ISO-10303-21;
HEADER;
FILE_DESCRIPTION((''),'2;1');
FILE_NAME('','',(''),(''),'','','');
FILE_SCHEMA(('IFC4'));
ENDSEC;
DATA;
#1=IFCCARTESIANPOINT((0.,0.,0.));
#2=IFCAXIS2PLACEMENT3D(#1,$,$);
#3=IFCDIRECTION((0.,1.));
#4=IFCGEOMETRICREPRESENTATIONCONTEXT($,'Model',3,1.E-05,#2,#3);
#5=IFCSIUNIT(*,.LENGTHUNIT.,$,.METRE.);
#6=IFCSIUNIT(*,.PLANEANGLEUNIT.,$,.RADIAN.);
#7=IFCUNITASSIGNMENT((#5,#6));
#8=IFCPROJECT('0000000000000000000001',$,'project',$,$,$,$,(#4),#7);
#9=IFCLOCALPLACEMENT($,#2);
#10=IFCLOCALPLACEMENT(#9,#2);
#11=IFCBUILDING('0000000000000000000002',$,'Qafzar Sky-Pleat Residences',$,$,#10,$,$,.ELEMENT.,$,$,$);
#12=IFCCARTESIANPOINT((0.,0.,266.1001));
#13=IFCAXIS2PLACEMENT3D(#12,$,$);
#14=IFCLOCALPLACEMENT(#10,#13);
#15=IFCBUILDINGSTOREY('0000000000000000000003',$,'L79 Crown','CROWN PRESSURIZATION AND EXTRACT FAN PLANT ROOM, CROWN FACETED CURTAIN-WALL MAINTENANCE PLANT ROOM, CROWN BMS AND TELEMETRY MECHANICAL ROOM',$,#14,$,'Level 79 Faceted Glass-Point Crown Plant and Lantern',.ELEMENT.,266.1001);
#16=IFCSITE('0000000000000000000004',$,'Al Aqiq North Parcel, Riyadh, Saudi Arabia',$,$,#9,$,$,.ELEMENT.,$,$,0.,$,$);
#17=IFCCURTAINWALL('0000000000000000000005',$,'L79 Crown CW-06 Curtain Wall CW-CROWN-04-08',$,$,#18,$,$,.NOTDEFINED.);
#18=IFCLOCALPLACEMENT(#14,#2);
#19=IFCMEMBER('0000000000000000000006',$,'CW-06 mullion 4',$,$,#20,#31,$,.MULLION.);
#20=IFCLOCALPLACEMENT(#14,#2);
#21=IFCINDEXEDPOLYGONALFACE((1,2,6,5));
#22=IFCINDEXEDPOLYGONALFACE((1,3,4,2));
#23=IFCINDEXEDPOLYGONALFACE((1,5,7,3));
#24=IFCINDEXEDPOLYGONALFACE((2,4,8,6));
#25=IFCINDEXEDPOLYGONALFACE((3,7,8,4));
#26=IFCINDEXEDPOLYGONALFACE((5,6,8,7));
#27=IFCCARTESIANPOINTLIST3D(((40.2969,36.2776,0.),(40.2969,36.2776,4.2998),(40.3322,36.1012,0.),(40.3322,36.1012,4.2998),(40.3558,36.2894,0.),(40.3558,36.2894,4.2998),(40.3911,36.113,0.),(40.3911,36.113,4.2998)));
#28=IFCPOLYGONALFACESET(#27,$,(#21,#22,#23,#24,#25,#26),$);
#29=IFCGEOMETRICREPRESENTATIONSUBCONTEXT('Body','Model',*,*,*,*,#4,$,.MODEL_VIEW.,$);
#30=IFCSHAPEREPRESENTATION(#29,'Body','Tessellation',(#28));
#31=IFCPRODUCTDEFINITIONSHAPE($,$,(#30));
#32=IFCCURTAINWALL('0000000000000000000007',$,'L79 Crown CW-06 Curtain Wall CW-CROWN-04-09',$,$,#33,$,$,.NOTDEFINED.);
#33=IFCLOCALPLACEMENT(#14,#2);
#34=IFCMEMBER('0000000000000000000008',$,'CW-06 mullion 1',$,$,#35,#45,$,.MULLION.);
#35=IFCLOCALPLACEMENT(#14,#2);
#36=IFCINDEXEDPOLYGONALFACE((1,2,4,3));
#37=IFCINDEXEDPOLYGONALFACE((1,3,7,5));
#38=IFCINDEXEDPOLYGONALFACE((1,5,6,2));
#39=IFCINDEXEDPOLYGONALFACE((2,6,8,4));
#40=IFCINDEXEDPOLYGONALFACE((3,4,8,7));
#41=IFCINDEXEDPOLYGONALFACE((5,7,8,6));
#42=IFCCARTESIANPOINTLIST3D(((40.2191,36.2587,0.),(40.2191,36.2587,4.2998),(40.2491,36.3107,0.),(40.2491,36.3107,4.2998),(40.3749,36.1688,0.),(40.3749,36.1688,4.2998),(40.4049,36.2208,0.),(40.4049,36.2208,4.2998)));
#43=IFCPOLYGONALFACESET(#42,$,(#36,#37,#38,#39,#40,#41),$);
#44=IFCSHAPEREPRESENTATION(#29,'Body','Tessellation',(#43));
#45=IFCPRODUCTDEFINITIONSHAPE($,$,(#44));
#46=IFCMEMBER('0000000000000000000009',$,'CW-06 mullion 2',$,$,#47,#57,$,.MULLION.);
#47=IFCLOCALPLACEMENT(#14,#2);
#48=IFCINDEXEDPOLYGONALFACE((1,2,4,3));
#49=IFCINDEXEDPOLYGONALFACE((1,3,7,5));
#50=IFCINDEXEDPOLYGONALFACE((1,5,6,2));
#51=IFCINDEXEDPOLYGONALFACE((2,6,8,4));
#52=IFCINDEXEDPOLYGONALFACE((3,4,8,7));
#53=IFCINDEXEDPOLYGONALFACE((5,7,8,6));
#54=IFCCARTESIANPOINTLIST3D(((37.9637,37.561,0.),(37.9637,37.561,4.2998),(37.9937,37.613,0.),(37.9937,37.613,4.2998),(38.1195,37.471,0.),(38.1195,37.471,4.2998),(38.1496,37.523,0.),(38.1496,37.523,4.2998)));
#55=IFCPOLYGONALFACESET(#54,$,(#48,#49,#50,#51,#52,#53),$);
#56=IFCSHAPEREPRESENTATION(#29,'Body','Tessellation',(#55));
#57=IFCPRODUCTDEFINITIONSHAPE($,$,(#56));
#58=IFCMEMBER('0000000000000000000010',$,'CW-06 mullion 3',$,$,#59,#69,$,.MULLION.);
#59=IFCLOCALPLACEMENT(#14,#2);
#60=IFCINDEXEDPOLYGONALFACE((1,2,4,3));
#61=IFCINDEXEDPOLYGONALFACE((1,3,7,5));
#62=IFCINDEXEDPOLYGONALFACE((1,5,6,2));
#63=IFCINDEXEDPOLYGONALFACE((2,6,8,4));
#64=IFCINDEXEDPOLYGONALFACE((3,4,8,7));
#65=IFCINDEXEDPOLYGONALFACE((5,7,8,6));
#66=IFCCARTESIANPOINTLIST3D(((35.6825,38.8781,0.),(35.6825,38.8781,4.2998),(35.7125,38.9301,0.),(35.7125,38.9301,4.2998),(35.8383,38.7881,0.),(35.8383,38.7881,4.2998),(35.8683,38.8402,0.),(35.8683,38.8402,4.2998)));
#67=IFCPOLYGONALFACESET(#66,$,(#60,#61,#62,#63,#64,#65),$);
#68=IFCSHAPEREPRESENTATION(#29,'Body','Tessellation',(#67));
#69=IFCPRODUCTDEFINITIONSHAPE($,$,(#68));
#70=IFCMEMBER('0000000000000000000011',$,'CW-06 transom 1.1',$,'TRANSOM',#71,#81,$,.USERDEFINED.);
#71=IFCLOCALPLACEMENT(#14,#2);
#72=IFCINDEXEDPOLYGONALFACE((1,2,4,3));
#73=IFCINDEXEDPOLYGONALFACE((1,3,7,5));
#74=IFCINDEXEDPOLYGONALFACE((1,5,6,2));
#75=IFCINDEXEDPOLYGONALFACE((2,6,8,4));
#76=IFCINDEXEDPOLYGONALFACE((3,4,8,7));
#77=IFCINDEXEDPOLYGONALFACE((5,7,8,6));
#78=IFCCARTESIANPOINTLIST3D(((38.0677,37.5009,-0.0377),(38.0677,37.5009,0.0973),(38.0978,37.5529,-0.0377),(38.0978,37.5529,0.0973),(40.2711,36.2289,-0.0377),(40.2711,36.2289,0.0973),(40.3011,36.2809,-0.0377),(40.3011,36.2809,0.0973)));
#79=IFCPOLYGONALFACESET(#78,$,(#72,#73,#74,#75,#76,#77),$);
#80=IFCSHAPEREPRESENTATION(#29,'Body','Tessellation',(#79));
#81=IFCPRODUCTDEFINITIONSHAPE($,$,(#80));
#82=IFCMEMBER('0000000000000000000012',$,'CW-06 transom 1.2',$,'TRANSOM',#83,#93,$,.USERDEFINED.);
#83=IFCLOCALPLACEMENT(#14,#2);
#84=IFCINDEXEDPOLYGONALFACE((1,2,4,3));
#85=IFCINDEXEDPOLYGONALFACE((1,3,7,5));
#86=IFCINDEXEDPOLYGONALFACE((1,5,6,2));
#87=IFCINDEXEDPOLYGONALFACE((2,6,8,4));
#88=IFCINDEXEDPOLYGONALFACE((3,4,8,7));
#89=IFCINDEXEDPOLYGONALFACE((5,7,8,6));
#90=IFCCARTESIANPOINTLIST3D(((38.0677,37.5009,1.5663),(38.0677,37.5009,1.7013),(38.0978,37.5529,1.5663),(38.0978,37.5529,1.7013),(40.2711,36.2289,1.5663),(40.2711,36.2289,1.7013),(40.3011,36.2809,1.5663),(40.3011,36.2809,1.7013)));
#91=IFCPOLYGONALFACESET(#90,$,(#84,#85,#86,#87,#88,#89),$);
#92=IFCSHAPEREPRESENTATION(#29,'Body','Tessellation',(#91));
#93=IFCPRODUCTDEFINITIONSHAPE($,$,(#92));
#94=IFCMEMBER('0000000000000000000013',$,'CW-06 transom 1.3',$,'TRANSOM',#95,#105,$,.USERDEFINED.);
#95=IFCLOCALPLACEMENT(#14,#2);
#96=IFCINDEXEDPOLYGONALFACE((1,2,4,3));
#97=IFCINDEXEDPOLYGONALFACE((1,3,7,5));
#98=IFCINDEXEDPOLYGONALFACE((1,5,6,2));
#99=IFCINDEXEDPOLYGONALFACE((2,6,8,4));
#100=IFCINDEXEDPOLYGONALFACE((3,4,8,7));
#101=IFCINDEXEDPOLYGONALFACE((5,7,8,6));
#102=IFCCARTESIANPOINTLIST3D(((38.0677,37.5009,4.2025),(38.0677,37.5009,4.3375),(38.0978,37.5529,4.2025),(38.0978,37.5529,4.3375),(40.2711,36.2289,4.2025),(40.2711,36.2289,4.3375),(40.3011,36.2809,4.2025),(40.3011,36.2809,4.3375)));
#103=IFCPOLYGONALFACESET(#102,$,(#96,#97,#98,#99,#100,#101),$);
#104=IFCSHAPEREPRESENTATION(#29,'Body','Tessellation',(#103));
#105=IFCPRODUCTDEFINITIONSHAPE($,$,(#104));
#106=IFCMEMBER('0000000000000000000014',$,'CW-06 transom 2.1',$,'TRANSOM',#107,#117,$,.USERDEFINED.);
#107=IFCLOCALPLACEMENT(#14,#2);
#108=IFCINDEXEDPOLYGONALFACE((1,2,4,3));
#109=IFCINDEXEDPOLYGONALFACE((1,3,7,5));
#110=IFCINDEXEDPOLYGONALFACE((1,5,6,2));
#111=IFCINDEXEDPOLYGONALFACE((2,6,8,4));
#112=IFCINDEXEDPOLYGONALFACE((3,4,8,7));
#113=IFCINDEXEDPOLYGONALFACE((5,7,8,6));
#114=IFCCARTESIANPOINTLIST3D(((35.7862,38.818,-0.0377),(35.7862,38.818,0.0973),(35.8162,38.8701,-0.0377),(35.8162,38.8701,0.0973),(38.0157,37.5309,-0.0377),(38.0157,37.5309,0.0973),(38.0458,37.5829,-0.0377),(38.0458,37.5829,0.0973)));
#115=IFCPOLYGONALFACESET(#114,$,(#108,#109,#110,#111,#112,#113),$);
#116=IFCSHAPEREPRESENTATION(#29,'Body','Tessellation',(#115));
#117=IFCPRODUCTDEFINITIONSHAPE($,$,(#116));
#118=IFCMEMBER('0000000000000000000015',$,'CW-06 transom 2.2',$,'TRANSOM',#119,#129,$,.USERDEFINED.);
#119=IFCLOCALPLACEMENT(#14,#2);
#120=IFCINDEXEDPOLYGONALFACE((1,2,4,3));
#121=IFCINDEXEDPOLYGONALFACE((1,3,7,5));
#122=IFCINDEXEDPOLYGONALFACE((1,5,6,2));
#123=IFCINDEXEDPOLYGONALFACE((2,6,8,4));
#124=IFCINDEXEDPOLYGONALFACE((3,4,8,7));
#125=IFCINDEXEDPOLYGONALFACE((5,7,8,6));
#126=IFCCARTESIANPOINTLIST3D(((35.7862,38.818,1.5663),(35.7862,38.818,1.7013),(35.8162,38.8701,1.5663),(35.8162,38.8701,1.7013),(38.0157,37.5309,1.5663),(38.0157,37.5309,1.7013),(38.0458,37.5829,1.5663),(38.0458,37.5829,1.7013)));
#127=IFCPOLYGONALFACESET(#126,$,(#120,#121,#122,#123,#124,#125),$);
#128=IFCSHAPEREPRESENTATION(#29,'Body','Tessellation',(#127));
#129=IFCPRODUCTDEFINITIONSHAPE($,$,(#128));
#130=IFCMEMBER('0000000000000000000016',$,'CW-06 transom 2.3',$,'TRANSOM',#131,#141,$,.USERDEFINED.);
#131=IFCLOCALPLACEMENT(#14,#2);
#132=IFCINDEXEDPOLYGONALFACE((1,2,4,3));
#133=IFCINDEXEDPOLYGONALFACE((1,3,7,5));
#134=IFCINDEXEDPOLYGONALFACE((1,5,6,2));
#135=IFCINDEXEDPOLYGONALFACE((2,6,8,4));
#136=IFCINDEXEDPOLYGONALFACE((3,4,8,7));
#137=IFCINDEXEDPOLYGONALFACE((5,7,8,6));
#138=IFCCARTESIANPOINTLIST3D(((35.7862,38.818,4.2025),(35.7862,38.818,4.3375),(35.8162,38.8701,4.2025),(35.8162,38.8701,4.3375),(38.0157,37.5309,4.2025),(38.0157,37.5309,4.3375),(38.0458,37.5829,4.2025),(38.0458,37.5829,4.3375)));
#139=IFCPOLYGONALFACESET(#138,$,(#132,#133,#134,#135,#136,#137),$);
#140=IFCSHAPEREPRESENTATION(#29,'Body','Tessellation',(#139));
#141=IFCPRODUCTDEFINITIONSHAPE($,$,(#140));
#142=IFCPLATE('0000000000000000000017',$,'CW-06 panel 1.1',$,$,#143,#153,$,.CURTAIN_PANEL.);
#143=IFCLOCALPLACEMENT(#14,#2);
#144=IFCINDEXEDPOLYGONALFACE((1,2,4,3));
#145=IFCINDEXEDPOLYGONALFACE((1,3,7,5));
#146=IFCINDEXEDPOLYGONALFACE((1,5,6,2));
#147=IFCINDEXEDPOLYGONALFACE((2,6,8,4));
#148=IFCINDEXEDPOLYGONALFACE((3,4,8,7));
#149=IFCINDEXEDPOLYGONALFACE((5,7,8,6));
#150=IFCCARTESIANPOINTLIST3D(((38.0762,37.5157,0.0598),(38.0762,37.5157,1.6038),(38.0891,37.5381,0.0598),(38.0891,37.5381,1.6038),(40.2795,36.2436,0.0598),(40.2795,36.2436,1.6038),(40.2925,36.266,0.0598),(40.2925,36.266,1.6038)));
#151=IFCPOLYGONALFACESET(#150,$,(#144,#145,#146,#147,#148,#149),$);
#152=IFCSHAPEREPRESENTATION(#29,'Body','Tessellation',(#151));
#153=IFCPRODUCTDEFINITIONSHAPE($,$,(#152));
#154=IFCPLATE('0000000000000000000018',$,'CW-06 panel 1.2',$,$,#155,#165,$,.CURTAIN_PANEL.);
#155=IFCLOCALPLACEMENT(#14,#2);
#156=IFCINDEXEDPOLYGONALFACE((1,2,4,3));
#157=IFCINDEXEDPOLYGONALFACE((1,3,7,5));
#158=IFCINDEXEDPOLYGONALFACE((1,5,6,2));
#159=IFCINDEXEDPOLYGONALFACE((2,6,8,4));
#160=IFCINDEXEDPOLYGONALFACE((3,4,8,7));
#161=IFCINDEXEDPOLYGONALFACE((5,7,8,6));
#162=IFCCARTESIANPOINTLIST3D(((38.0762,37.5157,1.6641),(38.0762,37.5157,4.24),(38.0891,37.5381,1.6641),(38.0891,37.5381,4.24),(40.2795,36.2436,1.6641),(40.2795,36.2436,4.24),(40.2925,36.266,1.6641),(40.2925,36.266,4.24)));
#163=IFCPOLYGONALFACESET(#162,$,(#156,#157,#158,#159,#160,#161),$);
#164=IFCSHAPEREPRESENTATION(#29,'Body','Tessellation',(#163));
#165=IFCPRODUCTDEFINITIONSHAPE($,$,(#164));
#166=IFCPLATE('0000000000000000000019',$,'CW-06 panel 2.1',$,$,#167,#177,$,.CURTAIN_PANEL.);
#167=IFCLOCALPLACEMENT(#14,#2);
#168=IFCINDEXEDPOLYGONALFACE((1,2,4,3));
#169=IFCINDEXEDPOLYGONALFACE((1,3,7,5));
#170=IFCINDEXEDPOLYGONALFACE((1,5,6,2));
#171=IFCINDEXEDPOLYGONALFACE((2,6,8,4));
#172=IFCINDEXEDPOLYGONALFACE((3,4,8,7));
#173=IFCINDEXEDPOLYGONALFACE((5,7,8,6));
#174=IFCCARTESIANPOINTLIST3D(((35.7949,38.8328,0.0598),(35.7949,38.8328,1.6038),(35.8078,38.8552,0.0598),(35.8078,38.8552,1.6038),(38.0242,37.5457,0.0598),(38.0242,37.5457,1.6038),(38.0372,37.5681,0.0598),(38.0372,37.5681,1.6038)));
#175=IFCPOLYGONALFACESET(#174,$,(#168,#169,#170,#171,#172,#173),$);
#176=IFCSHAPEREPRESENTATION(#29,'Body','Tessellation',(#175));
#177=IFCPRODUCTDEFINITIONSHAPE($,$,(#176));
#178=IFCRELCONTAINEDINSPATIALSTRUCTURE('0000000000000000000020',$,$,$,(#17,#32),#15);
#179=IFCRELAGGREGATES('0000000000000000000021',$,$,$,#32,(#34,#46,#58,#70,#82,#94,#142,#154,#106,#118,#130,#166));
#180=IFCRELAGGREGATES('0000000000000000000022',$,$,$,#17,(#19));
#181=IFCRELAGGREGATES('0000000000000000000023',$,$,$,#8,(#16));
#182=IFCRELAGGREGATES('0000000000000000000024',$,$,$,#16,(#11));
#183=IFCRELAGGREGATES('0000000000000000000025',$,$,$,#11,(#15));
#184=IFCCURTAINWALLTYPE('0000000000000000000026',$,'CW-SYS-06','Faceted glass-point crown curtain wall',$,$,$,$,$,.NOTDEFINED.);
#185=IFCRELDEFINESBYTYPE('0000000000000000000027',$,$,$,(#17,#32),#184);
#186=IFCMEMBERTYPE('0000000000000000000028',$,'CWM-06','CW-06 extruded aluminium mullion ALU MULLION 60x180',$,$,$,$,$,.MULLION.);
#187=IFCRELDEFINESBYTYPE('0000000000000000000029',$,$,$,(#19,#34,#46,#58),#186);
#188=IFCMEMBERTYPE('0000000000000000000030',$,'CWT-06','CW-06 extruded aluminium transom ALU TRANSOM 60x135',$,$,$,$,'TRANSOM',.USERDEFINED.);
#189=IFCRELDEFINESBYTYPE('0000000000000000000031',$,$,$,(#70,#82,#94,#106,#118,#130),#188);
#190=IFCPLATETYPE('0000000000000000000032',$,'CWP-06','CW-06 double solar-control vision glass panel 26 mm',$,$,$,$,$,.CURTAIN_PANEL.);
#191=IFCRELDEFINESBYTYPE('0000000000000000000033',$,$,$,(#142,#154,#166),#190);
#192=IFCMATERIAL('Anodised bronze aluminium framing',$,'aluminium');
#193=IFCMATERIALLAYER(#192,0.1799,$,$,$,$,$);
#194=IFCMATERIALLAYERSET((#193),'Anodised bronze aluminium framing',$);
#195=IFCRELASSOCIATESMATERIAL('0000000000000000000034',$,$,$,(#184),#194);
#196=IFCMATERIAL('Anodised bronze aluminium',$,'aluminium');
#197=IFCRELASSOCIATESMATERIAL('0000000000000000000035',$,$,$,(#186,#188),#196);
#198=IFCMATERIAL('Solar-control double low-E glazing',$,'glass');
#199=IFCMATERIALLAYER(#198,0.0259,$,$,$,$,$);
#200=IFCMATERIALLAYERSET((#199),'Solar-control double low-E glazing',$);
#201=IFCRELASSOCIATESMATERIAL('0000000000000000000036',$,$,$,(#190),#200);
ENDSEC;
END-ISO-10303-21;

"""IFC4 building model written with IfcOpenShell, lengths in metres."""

from ifc_helpers import new_model, si_unit, direction, frame, origin, origin_2d, place, context, subcontext, project, spatial, rectangle, extrude, source, transform, mapped, material, layer, layer_set, material_profile, profile_set, type_object, element, aggregate, save


model = new_model("IFC4")

# Units and contexts
model_context = context("Model", 3, precision=1e-05, world=origin(), true_north=direction((0.0, 1.0)))
body_context = subcontext(model_context, "Body", "Model", "MODEL_VIEW")
ifc_project = project(units=[si_unit("LENGTHUNIT", "METRE"), si_unit("PLANEANGLEUNIT", "RADIAN")], contexts=[model_context])

# Site, building, storey
site_placement = place(None, origin())
site = spatial("IfcSite", under=ifc_project, at=site_placement, Name="Al Aqiq North Parcel, Riyadh, Saudi Arabia", CompositionType="ELEMENT", RefElevation=0.0)
building_placement = place(site_placement, origin())
building = spatial("IfcBuilding", under=site, at=building_placement, Name="Qafzar Sky-Pleat Residences", CompositionType="ELEMENT")
storey_placement = place(building_placement, frame((0.0, 0.0, 266.1001)))
storey = spatial("IfcBuildingStorey", under=building, at=storey_placement, Name="L79 Crown", Description="CROWN PRESSURIZATION AND EXTRACT FAN PLANT ROOM, CROWN FACETED CURTAIN-WALL MAINTENANCE PLANT ROOM, CROWN BMS AND TELEMETRY MECHANICAL ROOM", LongName="Level 79 Faceted Glass-Point Crown Plant and Lantern", CompositionType="ELEMENT", Elevation=266.1001)

# Curtain wall, member
ifc_material_1 = material(Name="Anodised bronze aluminium framing", Category="aluminium")
ifc_layer_1 = layer(ifc_material_1, 0.1799)
ifc_layer_set_1 = layer_set([ifc_layer_1], Name="Anodised bronze aluminium framing")
curtain_wall_type = type_object("IfcCurtainWallType", Name="CW-SYS-06", Description="Faceted glass-point crown curtain wall", PredefinedType="NOTDEFINED", material=ifc_layer_set_1)
curtain_wall_1_placement = place(storey_placement, origin())
curtain_wall_1 = element("IfcCurtainWall", 1, at=curtain_wall_1_placement, inside=storey, type_object=curtain_wall_type, Name="L79 Crown CW-06 Curtain Wall CW-CROWN-04-08", PredefinedType="NOTDEFINED")
ifc_material_2 = material(Name="Anodised bronze aluminium", Category="aluminium")
ifc_material_profile_1 = material_profile(ifc_material_2, rectangle(XDim=0.0601, YDim=0.1799, at=origin_2d()), Name="ALU MULLION 60x180")
ifc_profile_set_1 = profile_set([ifc_material_profile_1], Name="Anodised bronze aluminium")
member_type_1 = type_object("IfcMemberType", Name="CWM-06", Description="CW-06 extruded aluminium mullion ALU MULLION 60x180", PredefinedType="MULLION", material=ifc_profile_set_1)
shared_shape_1 = source(origin(), body_context, "Body", "SweptSolid", [
    extrude(rectangle(XDim=0.0601, YDim=0.1799, at=origin_2d()), origin(), (0.0, 0.0, 1.0), 4.2998),
])
member_1_placement = place(storey_placement, frame((40.344, 36.1953, 0.0), z_axis=(0.0, 0.0, 1.0), x_axis=(-0.980581, -0.196116, 0.0)))
member_1 = element("IfcMember", 2, at=member_1_placement, type_object=member_type_1, Name="CW-06 mullion 4", PredefinedType="MULLION", context=body_context, shape_type="MappedRepresentation", body=[
    mapped(shared_shape_1, transform((0.0, 0.0, 0.0), x_axis=(1.0, 0.0, 0.0), y_axis=(0.0, 1.0, 0.0), z_axis=(0.0, 0.0, 1.0), scale=1.0)),
])

# Curtain wall, members, plates
curtain_wall_2_placement = place(storey_placement, origin())
curtain_wall_2 = element("IfcCurtainWall", 3, at=curtain_wall_2_placement, inside=storey, type_object=curtain_wall_type, Name="L79 Crown CW-06 Curtain Wall CW-CROWN-04-09", PredefinedType="NOTDEFINED")
member_2_placement = place(storey_placement, frame((40.312, 36.2397, 0.0), z_axis=(0.0, 0.0, 1.0), x_axis=(-0.500001, -0.866025, 0.0)))
member_2 = element("IfcMember", 4, at=member_2_placement, type_object=member_type_1, Name="CW-06 mullion 1", PredefinedType="MULLION", context=body_context, shape_type="MappedRepresentation", body=[
    mapped(shared_shape_1, transform((0.0, 0.0, 0.0), x_axis=(1.0, 0.0, 0.0), y_axis=(0.0, 1.0, 0.0), z_axis=(0.0, 0.0, 1.0), scale=1.0)),
])
member_3_placement = place(storey_placement, frame((38.0566, 37.542, 0.0), z_axis=(0.0, 0.0, 1.0), x_axis=(-0.500001, -0.866025, 0.0)))
member_3 = element("IfcMember", 5, at=member_3_placement, type_object=member_type_1, Name="CW-06 mullion 2", PredefinedType="MULLION", context=body_context, shape_type="MappedRepresentation", body=[
    mapped(shared_shape_1, transform((0.0, 0.0, 0.0), x_axis=(1.0, 0.0, 0.0), y_axis=(0.0, 1.0, 0.0), z_axis=(0.0, 0.0, 1.0), scale=1.0)),
])
member_4_placement = place(storey_placement, frame((35.7754, 38.8591, 0.0), z_axis=(0.0, 0.0, 1.0), x_axis=(-0.500001, -0.866025, 0.0)))
member_4 = element("IfcMember", 6, at=member_4_placement, type_object=member_type_1, Name="CW-06 mullion 3", PredefinedType="MULLION", context=body_context, shape_type="MappedRepresentation", body=[
    mapped(shared_shape_1, transform((0.0, 0.0, 0.0), x_axis=(1.0, 0.0, 0.0), y_axis=(0.0, 1.0, 0.0), z_axis=(0.0, 0.0, 1.0), scale=1.0)),
])
ifc_material_profile_2 = material_profile(ifc_material_2, rectangle(XDim=0.0601, YDim=0.135, at=origin_2d()), Name="ALU TRANSOM 60x135")
ifc_profile_set_2 = profile_set([ifc_material_profile_2], Name="Anodised bronze aluminium")
member_type_2 = type_object("IfcMemberType", Name="CWT-06", Description="CW-06 extruded aluminium transom ALU TRANSOM 60x135", ElementType="TRANSOM", PredefinedType="USERDEFINED", material=ifc_profile_set_2)
shared_shape_2 = source(origin(), body_context, "Body", "SweptSolid", [
    extrude(rectangle(XDim=0.0601, YDim=0.135, at=origin_2d()), origin(), (0.0, 0.0, 1.0), 2.5442),
])
member_5_placement = place(storey_placement, frame((40.2861, 36.2549, 0.0298), z_axis=(-0.86605, 0.499958, 0.0), x_axis=(-0.499958, -0.86605, 0.0)))
member_5 = element("IfcMember", 7, at=member_5_placement, type_object=member_type_2, Name="CW-06 transom 1.1", ObjectType="TRANSOM", PredefinedType="USERDEFINED", context=body_context, shape_type="MappedRepresentation", body=[
    mapped(shared_shape_2, transform((0.0, 0.0, 0.0), x_axis=(1.0, 0.0, 0.0), y_axis=(0.0, 1.0, 0.0), z_axis=(0.0, 0.0, 1.0), scale=1.0)),
])
member_6_placement = place(storey_placement, frame((40.2861, 36.2549, 1.6338), z_axis=(-0.86605, 0.499958, 0.0), x_axis=(-0.499958, -0.86605, 0.0)))
member_6 = element("IfcMember", 8, at=member_6_placement, type_object=member_type_2, Name="CW-06 transom 1.2", ObjectType="TRANSOM", PredefinedType="USERDEFINED", context=body_context, shape_type="MappedRepresentation", body=[
    mapped(shared_shape_2, transform((0.0, 0.0, 0.0), x_axis=(1.0, 0.0, 0.0), y_axis=(0.0, 1.0, 0.0), z_axis=(0.0, 0.0, 1.0), scale=1.0)),
])
member_7_placement = place(storey_placement, frame((40.2861, 36.2549, 4.27), z_axis=(-0.86605, 0.499958, 0.0), x_axis=(-0.499958, -0.86605, 0.0)))
member_7 = element("IfcMember", 9, at=member_7_placement, type_object=member_type_2, Name="CW-06 transom 1.3", ObjectType="TRANSOM", PredefinedType="USERDEFINED", context=body_context, shape_type="MappedRepresentation", body=[
    mapped(shared_shape_2, transform((0.0, 0.0, 0.0), x_axis=(1.0, 0.0, 0.0), y_axis=(0.0, 1.0, 0.0), z_axis=(0.0, 0.0, 1.0), scale=1.0)),
])
shared_shape_3 = source(origin(), body_context, "Body", "SweptSolid", [
    extrude(rectangle(XDim=0.0601, YDim=0.135, at=origin_2d()), origin(), (0.0, 0.0, 1.0), 2.5745),
])
member_8_placement = place(storey_placement, frame((38.0308, 37.5569, 0.0298), z_axis=(-0.86604, 0.499974, 0.0), x_axis=(-0.499974, -0.86604, 0.0)))
member_8 = element("IfcMember", 10, at=member_8_placement, type_object=member_type_2, Name="CW-06 transom 2.1", ObjectType="TRANSOM", PredefinedType="USERDEFINED", context=body_context, shape_type="MappedRepresentation", body=[
    mapped(shared_shape_3, transform((0.0, 0.0, 0.0), x_axis=(1.0, 0.0, 0.0), y_axis=(0.0, 1.0, 0.0), z_axis=(0.0, 0.0, 1.0), scale=1.0)),
])
member_9_placement = place(storey_placement, frame((38.0308, 37.5569, 1.6338), z_axis=(-0.86604, 0.499974, 0.0), x_axis=(-0.499974, -0.86604, 0.0)))
member_9 = element("IfcMember", 11, at=member_9_placement, type_object=member_type_2, Name="CW-06 transom 2.2", ObjectType="TRANSOM", PredefinedType="USERDEFINED", context=body_context, shape_type="MappedRepresentation", body=[
    mapped(shared_shape_3, transform((0.0, 0.0, 0.0), x_axis=(1.0, 0.0, 0.0), y_axis=(0.0, 1.0, 0.0), z_axis=(0.0, 0.0, 1.0), scale=1.0)),
])
member_10_placement = place(storey_placement, frame((38.0308, 37.5569, 4.27), z_axis=(-0.86604, 0.499974, 0.0), x_axis=(-0.499974, -0.86604, 0.0)))
member_10 = element("IfcMember", 12, at=member_10_placement, type_object=member_type_2, Name="CW-06 transom 2.3", ObjectType="TRANSOM", PredefinedType="USERDEFINED", context=body_context, shape_type="MappedRepresentation", body=[
    mapped(shared_shape_3, transform((0.0, 0.0, 0.0), x_axis=(1.0, 0.0, 0.0), y_axis=(0.0, 1.0, 0.0), z_axis=(0.0, 0.0, 1.0), scale=1.0)),
])
ifc_material_3 = material(Name="Solar-control double low-E glazing", Category="glass")
ifc_layer_2 = layer(ifc_material_3, 0.0259)
ifc_layer_set_2 = layer_set([ifc_layer_2], Name="Solar-control double low-E glazing")
plate_type = type_object("IfcPlateType", Name="CWP-06", Description="CW-06 double solar-control vision glass panel 26 mm", PredefinedType="CURTAIN_PANEL", material=ifc_layer_set_2)
shared_shape_4 = source(origin(), body_context, "Body", "SweptSolid", [
    extrude(rectangle(XDim=2.5442, YDim=0.0259, at=origin_2d()), origin(), (0.0, 0.0, 1.0), 1.5439),
])
plate_1_placement = place(storey_placement, frame((39.1843, 36.8909, 0.0598), z_axis=(0.0, 0.0, 1.0), x_axis=(-0.866025, 0.500001, 0.0)))
plate_1 = element("IfcPlate", 13, at=plate_1_placement, type_object=plate_type, Name="CW-06 panel 1.1", PredefinedType="CURTAIN_PANEL", context=body_context, shape_type="MappedRepresentation", body=[
    mapped(shared_shape_4, transform((0.0, 0.0, 0.0), x_axis=(1.0, 0.0, 0.0), y_axis=(0.0, 1.0, 0.0), z_axis=(0.0, 0.0, 1.0), scale=1.0)),
])
shared_shape_5 = source(origin(), body_context, "Body", "SweptSolid", [
    extrude(rectangle(XDim=2.5442, YDim=0.0259, at=origin_2d()), origin(), (0.0, 0.0, 1.0), 2.5759),
])
plate_2_placement = place(storey_placement, frame((39.1843, 36.8909, 1.6641), z_axis=(0.0, 0.0, 1.0), x_axis=(-0.866025, 0.500001, 0.0)))
plate_2 = element("IfcPlate", 14, at=plate_2_placement, type_object=plate_type, Name="CW-06 panel 1.2", PredefinedType="CURTAIN_PANEL", context=body_context, shape_type="MappedRepresentation", body=[
    mapped(shared_shape_5, transform((0.0, 0.0, 0.0), x_axis=(1.0, 0.0, 0.0), y_axis=(0.0, 1.0, 0.0), z_axis=(0.0, 0.0, 1.0), scale=1.0)),
])
shared_shape_6 = source(origin(), body_context, "Body", "SweptSolid", [
    extrude(rectangle(XDim=2.5742, YDim=0.0259, at=origin_2d()), origin(), (0.0, 0.0, 1.0), 1.5439),
])
plate_3_placement = place(storey_placement, frame((36.916, 38.2004, 0.0598), z_axis=(0.0, 0.0, 1.0), x_axis=(-0.866025, 0.500001, 0.0)))
plate_3 = element("IfcPlate", 15, at=plate_3_placement, type_object=plate_type, Name="CW-06 panel 2.1", PredefinedType="CURTAIN_PANEL", context=body_context, shape_type="MappedRepresentation", body=[
    mapped(shared_shape_6, transform((0.0, 0.0, 0.0), x_axis=(1.0, 0.0, 0.0), y_axis=(0.0, 1.0, 0.0), z_axis=(0.0, 0.0, 1.0), scale=1.0)),
])
aggregate(curtain_wall_2, [member_2, member_3, member_4, member_5, member_6, member_7, plate_1, plate_2, member_8, member_9, member_10, plate_3])

aggregate(curtain_wall_1, [member_1])

save(model, "model.ifc")
